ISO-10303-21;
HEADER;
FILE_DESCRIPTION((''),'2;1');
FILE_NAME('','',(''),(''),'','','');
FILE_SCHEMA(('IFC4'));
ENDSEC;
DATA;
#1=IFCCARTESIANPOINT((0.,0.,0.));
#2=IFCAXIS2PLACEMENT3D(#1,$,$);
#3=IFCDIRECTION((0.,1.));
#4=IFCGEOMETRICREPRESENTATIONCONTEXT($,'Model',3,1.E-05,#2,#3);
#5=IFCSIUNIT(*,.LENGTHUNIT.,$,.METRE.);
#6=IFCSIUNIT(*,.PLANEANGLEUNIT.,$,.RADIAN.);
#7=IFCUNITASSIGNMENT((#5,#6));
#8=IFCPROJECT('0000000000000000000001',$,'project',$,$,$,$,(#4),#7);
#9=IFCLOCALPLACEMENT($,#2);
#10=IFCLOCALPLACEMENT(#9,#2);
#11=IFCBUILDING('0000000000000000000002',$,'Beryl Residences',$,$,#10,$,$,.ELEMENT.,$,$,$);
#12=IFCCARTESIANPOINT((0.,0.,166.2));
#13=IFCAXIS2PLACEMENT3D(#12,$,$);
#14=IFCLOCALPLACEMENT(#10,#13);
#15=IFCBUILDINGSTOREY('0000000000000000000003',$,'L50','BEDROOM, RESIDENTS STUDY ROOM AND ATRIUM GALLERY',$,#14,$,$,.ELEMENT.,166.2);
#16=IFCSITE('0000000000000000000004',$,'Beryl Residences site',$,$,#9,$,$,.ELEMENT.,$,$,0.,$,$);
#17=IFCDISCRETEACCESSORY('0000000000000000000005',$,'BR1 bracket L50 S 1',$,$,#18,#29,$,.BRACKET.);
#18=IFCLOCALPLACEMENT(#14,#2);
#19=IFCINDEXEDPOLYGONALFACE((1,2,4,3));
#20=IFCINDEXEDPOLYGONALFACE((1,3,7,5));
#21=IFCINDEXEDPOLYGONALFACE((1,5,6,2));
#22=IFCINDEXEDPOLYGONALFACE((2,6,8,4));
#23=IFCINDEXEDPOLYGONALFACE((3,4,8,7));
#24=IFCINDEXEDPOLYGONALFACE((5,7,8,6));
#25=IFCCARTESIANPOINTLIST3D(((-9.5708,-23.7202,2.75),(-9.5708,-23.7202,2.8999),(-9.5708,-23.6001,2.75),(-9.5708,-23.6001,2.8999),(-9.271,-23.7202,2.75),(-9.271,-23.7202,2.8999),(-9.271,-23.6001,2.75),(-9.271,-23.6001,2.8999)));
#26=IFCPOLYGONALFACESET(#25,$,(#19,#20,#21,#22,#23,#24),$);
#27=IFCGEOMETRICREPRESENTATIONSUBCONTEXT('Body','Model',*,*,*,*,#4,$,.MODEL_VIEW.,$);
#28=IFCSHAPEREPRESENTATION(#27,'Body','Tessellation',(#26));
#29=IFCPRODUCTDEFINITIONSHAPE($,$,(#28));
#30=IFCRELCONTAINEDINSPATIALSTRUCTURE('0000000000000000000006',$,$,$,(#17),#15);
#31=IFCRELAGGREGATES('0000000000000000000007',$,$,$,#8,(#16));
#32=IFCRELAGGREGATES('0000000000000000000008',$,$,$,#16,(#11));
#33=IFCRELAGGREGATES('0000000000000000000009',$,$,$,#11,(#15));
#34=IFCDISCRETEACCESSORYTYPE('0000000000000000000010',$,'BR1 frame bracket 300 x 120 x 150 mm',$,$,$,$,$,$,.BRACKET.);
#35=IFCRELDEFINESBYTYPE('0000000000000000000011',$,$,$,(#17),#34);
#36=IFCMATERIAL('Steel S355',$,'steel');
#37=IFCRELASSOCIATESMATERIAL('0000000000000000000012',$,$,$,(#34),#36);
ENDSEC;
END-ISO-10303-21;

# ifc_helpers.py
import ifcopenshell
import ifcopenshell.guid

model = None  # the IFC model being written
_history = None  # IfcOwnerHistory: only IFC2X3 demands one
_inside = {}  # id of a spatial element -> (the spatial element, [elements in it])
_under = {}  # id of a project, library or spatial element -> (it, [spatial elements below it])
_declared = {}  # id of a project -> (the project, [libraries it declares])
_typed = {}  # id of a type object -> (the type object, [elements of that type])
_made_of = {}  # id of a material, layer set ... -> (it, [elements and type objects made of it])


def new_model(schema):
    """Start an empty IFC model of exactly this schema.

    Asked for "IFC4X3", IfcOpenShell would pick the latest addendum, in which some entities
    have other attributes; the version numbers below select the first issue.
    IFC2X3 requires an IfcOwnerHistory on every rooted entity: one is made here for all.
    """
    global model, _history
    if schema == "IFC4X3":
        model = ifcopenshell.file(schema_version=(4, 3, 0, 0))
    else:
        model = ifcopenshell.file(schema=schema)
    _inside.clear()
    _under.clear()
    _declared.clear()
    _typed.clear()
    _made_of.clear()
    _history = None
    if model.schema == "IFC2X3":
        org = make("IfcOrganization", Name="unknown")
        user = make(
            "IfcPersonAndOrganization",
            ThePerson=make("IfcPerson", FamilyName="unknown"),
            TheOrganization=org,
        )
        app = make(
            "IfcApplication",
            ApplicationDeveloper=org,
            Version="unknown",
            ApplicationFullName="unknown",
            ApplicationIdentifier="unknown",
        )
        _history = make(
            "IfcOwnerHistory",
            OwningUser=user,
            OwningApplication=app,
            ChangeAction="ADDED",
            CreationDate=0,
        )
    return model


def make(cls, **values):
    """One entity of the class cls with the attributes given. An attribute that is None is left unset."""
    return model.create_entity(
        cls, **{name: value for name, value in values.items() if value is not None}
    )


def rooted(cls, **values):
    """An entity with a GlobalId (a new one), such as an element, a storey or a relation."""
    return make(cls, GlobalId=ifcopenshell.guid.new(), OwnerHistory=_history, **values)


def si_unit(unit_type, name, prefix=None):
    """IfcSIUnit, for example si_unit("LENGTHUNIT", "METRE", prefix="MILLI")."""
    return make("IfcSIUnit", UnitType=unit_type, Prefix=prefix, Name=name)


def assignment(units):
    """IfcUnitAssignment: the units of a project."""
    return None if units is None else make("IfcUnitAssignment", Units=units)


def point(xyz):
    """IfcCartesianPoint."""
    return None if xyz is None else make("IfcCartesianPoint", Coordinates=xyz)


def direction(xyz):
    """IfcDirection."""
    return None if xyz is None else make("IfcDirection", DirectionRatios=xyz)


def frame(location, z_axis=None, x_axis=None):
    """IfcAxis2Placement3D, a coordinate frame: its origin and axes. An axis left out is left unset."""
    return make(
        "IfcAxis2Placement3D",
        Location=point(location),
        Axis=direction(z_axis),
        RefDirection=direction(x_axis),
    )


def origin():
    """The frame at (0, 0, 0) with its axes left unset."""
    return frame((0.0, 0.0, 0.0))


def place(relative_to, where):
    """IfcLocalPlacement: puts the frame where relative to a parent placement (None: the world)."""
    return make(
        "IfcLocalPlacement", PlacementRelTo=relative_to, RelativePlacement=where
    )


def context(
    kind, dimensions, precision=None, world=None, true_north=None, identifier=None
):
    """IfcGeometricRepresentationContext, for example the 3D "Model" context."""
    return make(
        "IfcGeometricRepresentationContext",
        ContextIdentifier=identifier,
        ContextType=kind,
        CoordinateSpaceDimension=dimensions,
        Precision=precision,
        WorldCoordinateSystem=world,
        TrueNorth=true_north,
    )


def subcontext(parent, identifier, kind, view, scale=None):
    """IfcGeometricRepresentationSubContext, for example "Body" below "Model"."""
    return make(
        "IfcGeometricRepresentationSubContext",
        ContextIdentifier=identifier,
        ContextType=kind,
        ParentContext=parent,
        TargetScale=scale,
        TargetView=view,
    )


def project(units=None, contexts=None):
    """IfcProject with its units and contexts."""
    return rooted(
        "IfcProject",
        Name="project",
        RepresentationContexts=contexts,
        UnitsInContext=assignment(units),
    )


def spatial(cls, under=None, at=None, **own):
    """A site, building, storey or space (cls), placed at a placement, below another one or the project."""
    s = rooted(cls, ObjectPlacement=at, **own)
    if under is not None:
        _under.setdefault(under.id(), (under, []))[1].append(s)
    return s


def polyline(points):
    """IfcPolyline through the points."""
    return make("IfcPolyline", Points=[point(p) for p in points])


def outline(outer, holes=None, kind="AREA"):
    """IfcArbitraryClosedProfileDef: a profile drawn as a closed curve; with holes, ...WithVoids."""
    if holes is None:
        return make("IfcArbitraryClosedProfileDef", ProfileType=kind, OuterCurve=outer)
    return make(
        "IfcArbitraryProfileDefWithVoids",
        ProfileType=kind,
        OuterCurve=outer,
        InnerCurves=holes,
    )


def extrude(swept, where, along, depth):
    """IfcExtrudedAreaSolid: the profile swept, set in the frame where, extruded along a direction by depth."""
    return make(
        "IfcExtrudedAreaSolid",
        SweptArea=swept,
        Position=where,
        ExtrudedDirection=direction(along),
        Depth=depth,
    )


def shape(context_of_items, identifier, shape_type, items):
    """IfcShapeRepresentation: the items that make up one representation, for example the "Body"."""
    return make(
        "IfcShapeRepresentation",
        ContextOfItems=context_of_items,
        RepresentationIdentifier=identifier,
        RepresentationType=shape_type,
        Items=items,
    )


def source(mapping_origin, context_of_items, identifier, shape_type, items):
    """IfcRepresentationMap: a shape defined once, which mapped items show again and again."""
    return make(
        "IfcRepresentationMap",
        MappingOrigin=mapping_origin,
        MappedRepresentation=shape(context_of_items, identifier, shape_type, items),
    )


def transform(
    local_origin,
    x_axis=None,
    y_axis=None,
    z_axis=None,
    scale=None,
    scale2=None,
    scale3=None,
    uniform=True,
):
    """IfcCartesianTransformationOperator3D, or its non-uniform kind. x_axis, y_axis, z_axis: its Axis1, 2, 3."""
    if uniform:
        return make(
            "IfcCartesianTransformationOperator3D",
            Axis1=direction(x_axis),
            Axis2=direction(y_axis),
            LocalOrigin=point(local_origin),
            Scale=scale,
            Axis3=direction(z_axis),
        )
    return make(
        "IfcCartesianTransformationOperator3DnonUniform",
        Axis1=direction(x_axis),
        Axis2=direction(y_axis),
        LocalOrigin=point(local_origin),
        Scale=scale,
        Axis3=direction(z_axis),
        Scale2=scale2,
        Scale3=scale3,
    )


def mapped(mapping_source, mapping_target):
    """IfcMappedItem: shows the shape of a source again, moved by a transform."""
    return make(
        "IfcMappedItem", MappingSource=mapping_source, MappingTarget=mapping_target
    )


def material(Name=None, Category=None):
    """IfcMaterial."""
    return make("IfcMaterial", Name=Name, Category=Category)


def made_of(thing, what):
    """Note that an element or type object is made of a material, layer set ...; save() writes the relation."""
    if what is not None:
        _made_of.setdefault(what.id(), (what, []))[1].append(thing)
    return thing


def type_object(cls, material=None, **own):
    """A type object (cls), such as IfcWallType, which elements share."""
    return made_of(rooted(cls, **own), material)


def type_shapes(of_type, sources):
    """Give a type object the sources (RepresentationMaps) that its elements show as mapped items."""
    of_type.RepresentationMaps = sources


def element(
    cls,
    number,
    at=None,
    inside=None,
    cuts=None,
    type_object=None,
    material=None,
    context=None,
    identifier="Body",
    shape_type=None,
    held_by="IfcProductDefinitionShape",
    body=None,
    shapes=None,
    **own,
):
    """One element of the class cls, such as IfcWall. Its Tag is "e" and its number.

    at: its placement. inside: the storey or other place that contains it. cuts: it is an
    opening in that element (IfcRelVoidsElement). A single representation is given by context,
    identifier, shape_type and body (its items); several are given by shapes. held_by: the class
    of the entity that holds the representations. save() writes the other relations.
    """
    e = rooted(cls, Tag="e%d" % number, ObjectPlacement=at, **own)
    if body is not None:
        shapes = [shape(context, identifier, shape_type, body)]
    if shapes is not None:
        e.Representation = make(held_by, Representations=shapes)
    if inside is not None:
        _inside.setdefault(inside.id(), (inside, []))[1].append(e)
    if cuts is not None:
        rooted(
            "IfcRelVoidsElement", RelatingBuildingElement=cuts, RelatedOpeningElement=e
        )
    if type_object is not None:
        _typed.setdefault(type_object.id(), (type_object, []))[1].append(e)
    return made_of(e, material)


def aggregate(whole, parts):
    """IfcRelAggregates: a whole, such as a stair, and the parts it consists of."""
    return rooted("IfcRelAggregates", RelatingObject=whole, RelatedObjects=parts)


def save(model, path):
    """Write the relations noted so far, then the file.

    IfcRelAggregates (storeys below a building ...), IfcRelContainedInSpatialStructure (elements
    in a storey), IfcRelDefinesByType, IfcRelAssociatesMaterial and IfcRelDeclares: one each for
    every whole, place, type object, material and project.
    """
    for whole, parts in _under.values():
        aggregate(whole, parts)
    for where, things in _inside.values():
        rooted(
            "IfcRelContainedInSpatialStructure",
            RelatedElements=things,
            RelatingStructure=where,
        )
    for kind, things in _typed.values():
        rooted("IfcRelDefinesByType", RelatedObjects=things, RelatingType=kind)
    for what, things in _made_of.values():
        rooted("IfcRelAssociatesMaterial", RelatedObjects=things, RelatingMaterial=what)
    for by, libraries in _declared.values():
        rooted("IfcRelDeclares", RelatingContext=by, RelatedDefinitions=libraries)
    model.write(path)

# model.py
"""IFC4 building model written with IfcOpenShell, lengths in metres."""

from ifc_helpers import new_model, si_unit, direction, frame, origin, place, context, subcontext, project, spatial, polyline, outline, extrude, source, transform, mapped, material, type_object, type_shapes, element, save


model = new_model("IFC4")

# Units and contexts
model_context = context("Model", 3, precision=1e-05, world=origin(), true_north=direction((0.0, 1.0)))
body_context = subcontext(model_context, "Body", "Model", "MODEL_VIEW")
ifc_project = project(units=[si_unit("LENGTHUNIT", "METRE"), si_unit("PLANEANGLEUNIT", "RADIAN")], contexts=[model_context])

# Site, building, storey
site_placement = place(None, origin())
site = spatial("IfcSite", under=ifc_project, at=site_placement, Name="Beryl Residences site", CompositionType="ELEMENT", RefElevation=0.0)
building_placement = place(site_placement, origin())
building = spatial("IfcBuilding", under=site, at=building_placement, Name="Beryl Residences", CompositionType="ELEMENT")
storey_placement = place(building_placement, frame((0.0, 0.0, 166.2)))
storey = spatial("IfcBuildingStorey", under=building, at=storey_placement, Name="L50", Description="BEDROOM, RESIDENTS STUDY ROOM AND ATRIUM GALLERY", CompositionType="ELEMENT", Elevation=166.2)

# Discrete accessory
ifc_material_1 = material(Name="Steel S355", Category="steel")
discrete_accessory_type = type_object("IfcDiscreteAccessoryType", Name="BR1 frame bracket 300 x 120 x 150 mm", PredefinedType="BRACKET", material=ifc_material_1)
shared_shape_1 = source(origin(), body_context, "Body", "SweptSolid", [
    extrude(outline(polyline([(-0.1499, 0.0), (0.1499, 0.0), (0.1499, 0.1201), (-0.1499, 0.1201), (-0.1499, 0.0)])), origin(), (0.0, 0.0, 1.0), 0.1499),
])
type_shapes(discrete_accessory_type, [shared_shape_1])
discrete_accessory_placement = place(storey_placement, frame((-9.4209, -23.6001, 2.75), z_axis=(0.0, 0.0, 1.0), x_axis=(-1.0, 0.0, 0.0)))
element("IfcDiscreteAccessory", 1, at=discrete_accessory_placement, inside=storey, type_object=discrete_accessory_type, Name="BR1 bracket L50 S 1", PredefinedType="BRACKET", context=body_context, shape_type="MappedRepresentation", body=[
    mapped(shared_shape_1, transform((0.0, 0.0, 0.0))),
])

save(model, "model.ifc")
